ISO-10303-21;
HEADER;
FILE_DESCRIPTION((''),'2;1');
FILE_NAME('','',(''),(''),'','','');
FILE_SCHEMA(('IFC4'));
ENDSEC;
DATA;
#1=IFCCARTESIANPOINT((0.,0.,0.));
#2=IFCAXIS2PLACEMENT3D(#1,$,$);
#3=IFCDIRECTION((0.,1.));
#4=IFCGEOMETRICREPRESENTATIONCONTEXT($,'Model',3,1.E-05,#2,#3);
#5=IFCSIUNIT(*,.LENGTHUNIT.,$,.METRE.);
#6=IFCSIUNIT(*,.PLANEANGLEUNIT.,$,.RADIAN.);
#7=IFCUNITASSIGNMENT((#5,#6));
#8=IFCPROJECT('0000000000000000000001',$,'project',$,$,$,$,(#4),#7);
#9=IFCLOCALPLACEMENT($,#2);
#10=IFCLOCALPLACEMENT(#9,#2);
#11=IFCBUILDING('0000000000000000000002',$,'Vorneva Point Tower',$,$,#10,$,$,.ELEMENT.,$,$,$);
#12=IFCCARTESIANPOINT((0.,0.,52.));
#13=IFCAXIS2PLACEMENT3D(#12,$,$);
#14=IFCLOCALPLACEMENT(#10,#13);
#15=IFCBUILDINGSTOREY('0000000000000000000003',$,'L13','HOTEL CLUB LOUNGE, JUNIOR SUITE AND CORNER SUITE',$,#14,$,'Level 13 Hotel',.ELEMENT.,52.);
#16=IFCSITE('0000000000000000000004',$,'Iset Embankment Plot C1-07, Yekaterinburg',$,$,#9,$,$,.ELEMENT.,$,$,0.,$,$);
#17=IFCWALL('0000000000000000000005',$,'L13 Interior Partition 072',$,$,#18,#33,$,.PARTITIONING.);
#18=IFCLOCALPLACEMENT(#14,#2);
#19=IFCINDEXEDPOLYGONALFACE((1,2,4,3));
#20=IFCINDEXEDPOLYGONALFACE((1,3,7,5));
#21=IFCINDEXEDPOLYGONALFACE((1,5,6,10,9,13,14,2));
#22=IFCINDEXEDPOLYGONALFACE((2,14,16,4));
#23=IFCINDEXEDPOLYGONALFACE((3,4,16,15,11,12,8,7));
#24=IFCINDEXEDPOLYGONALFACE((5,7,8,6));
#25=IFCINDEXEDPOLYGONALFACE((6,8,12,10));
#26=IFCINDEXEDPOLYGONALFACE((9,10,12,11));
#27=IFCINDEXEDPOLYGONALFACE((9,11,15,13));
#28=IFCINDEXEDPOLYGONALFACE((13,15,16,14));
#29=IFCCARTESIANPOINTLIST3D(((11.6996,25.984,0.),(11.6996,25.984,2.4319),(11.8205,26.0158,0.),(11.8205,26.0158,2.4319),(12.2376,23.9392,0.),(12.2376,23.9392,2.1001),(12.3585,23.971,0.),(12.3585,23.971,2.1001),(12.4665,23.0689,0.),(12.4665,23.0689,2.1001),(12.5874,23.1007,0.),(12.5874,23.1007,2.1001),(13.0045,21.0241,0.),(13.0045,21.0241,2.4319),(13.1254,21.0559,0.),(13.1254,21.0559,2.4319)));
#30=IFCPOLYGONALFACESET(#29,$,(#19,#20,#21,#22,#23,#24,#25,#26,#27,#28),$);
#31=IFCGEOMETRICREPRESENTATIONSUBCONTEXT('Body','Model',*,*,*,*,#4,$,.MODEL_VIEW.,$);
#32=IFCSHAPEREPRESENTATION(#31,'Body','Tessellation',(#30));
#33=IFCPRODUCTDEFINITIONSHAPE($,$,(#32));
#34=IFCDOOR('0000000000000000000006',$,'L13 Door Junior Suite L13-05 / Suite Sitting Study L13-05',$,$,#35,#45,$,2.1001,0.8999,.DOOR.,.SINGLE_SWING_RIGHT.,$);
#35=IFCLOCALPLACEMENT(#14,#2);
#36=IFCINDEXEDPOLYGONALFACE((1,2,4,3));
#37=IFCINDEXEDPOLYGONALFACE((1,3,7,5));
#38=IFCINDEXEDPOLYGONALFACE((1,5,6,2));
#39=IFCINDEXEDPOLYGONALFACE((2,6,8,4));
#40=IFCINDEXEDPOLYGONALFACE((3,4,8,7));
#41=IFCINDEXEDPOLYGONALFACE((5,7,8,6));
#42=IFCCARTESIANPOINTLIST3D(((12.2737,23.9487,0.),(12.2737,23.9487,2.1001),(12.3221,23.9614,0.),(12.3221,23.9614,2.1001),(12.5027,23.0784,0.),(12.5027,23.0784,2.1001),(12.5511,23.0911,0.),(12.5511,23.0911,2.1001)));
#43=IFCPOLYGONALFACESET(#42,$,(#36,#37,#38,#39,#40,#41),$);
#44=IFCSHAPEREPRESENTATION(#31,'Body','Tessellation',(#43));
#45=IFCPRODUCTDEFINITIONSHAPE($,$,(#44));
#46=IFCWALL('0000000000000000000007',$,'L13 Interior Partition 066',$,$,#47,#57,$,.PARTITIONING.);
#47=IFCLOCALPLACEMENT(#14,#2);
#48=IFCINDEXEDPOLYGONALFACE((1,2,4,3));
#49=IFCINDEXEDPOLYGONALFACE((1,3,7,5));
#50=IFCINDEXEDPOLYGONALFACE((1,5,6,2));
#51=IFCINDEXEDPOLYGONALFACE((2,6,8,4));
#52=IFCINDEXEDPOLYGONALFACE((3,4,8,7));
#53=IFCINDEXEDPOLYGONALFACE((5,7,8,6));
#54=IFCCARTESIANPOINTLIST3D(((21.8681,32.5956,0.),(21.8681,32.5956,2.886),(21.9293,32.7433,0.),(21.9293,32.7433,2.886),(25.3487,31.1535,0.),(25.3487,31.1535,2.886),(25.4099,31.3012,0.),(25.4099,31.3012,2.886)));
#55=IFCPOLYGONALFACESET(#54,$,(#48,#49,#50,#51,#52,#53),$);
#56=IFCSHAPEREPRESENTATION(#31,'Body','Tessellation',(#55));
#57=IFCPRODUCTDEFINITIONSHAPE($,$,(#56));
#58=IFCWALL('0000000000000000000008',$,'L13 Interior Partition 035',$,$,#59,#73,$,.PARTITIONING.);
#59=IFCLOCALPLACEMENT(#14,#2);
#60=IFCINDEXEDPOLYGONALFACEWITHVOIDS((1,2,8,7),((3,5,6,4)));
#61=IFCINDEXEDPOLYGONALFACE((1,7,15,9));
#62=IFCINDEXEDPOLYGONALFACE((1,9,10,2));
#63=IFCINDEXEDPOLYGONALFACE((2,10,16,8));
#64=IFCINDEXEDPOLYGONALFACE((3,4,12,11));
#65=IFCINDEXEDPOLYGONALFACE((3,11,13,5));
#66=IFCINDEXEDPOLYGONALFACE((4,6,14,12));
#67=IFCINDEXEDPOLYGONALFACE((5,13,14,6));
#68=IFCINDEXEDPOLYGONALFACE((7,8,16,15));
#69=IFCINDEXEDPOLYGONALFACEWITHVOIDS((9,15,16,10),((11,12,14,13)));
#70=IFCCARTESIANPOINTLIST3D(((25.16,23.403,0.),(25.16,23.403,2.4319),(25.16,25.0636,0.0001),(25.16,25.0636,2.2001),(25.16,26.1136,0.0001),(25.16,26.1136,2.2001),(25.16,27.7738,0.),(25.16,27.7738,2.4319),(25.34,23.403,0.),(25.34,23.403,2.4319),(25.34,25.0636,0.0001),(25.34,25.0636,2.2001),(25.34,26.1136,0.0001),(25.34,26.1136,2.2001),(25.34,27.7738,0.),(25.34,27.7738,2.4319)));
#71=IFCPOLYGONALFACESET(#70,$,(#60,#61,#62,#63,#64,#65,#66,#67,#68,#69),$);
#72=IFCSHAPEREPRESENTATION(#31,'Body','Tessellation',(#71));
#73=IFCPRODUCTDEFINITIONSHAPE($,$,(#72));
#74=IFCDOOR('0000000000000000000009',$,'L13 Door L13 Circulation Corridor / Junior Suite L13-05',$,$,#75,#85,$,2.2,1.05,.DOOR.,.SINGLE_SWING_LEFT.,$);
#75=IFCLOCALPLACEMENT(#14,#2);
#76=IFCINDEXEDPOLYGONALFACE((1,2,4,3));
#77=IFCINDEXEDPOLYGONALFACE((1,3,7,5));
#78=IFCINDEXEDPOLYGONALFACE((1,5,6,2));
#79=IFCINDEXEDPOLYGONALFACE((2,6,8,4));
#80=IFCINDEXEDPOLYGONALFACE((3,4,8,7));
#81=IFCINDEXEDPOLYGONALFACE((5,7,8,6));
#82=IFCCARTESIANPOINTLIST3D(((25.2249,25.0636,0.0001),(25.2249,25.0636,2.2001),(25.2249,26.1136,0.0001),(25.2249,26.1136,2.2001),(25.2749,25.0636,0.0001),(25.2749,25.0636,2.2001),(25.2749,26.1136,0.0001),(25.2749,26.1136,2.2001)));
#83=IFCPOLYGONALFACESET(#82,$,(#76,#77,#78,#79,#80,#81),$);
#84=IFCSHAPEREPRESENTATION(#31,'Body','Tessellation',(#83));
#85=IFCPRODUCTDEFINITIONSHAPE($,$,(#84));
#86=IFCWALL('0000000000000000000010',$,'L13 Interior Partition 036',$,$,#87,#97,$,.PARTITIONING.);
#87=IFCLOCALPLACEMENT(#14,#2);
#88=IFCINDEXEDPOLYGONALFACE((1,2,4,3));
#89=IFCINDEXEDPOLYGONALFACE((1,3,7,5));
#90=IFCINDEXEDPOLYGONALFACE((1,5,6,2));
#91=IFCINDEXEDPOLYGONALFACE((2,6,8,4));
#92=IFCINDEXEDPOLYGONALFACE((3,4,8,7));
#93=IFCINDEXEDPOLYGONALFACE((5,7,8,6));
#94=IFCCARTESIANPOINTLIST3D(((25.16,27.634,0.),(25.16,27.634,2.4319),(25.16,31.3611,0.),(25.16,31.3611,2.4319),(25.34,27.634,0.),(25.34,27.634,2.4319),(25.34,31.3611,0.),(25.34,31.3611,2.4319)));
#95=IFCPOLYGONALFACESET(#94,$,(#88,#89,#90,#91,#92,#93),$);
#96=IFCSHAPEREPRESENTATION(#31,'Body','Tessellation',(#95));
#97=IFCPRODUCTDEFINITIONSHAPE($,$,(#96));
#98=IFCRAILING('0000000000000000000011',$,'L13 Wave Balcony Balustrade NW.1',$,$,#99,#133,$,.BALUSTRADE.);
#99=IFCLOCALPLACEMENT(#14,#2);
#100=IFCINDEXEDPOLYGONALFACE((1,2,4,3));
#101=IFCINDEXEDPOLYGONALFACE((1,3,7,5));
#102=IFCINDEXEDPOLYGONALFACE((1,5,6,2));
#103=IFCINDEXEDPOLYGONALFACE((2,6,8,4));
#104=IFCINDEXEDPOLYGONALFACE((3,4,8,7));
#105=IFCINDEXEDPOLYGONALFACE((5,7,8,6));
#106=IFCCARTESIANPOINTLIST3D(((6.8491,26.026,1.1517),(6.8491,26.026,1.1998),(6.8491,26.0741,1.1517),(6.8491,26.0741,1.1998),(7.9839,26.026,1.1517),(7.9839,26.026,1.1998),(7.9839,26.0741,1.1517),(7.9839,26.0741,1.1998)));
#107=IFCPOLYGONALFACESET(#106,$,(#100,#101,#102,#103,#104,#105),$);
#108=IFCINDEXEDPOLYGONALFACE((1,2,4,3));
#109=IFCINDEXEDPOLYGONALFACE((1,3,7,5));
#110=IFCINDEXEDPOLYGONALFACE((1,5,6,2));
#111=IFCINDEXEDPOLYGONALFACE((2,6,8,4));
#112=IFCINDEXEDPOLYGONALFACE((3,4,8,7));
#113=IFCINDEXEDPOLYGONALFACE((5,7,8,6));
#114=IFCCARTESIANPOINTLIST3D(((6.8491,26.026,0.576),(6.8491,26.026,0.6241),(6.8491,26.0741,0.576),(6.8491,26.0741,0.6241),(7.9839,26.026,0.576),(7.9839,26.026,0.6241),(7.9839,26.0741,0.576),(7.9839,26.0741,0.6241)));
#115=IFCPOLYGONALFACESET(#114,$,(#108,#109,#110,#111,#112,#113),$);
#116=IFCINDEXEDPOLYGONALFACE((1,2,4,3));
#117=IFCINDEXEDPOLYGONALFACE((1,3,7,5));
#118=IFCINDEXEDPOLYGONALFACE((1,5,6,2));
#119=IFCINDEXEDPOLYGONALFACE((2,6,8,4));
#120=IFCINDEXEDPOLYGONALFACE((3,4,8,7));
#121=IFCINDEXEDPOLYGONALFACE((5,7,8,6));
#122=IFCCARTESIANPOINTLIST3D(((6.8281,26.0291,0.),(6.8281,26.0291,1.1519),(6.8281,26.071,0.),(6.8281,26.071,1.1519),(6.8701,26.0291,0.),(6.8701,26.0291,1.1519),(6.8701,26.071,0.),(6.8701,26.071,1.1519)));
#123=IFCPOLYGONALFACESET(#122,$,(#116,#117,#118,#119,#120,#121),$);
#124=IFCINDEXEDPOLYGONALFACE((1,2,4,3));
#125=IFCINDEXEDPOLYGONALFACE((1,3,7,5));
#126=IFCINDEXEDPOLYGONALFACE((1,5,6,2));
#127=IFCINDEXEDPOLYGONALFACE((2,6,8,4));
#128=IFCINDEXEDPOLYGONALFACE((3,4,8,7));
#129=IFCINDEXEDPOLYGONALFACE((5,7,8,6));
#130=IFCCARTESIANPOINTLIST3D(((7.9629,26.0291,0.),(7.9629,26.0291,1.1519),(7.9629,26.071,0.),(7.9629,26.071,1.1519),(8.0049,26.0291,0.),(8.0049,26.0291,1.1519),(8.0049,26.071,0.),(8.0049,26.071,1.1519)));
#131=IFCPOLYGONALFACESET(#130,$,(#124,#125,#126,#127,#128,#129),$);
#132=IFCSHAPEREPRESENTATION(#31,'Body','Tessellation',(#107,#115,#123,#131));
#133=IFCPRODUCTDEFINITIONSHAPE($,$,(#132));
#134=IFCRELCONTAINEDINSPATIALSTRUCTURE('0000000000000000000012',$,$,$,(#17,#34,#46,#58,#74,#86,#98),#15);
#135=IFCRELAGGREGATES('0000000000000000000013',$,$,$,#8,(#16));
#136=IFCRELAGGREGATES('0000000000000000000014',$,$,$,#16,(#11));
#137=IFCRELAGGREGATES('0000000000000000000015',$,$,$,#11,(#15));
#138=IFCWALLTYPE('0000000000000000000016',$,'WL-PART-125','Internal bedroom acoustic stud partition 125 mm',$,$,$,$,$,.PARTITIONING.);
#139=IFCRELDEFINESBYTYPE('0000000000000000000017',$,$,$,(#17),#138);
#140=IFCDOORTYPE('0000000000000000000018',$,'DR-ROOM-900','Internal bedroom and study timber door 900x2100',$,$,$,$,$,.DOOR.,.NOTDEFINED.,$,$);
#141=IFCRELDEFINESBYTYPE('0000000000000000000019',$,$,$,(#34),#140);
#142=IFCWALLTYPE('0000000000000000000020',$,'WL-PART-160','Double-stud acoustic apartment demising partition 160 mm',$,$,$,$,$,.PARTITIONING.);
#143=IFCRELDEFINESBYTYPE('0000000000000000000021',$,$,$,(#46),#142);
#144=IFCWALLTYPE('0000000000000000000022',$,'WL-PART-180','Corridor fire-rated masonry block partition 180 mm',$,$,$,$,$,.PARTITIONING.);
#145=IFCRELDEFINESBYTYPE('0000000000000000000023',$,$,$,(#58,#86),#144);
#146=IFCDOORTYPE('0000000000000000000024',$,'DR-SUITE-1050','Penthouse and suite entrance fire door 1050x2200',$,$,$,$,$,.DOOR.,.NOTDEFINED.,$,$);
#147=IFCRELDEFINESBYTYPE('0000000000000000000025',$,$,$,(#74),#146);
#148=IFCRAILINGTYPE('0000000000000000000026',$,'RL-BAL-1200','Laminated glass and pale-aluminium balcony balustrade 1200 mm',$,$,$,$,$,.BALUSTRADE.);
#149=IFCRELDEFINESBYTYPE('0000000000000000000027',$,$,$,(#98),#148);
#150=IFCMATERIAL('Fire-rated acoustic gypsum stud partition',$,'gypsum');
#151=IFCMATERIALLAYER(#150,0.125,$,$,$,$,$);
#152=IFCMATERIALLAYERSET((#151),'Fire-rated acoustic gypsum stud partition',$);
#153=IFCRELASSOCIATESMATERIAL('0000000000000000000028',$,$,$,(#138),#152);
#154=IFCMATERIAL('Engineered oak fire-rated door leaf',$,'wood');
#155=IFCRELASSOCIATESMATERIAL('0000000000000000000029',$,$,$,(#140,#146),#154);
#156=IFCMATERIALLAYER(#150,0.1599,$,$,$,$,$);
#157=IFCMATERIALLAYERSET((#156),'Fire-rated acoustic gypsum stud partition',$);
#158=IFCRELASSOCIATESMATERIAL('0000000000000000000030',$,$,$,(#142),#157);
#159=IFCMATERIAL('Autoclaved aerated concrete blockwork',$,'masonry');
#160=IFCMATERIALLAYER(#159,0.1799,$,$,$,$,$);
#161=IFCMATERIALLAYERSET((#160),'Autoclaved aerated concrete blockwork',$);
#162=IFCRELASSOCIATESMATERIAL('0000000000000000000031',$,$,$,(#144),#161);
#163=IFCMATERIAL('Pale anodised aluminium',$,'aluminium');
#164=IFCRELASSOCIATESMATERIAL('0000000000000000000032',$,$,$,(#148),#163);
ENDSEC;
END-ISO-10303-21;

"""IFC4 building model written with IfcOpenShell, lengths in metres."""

from ifc_helpers import new_model, si_unit, direction, frame, frame_2d, origin, origin_2d, place, context, subcontext, project, spatial, rectangle, extrude, material, layer, layer_set, type_object, element, fill, save


model = new_model("IFC4")

# Units and contexts
model_context = context("Model", 3, precision=1e-05, world=origin(), true_north=direction((0.0, 1.0)))
body_context = subcontext(model_context, "Body", "Model", "MODEL_VIEW")
ifc_project = project(units=[si_unit("LENGTHUNIT", "METRE"), si_unit("PLANEANGLEUNIT", "RADIAN")], contexts=[model_context])

# Site, building, storey
site_placement = place(None, origin())
site = spatial("IfcSite", under=ifc_project, at=site_placement, Name="Iset Embankment Plot C1-07, Yekaterinburg", CompositionType="ELEMENT", RefElevation=0.0)
building_placement = place(site_placement, origin())
building = spatial("IfcBuilding", under=site, at=building_placement, Name="Vorneva Point Tower", CompositionType="ELEMENT")
storey_placement = place(building_placement, frame((0.0, 0.0, 52.0)))
storey = spatial("IfcBuildingStorey", under=building, at=storey_placement, Name="L13", Description="HOTEL CLUB LOUNGE, JUNIOR SUITE AND CORNER SUITE", LongName="Level 13 Hotel", CompositionType="ELEMENT", Elevation=52.0)

# Shared definitions
ifc_material_1 = material(Name="Pale anodised aluminium", Category="aluminium")

# Shared definitions
ifc_material_2 = material(Name="Fire-rated acoustic gypsum stud partition", Category="gypsum")
ifc_material_3 = material(Name="Engineered oak fire-rated door leaf", Category="wood")

# Shared definitions
ifc_layer_1 = layer(ifc_material_2, 0.125)
ifc_layer_set_1 = layer_set([ifc_layer_1], Name="Fire-rated acoustic gypsum stud partition")
wall_type_1 = type_object("IfcWallType", Name="WL-PART-125", Description="Internal bedroom acoustic stud partition 125 mm", PredefinedType="PARTITIONING", material=ifc_layer_set_1)

# Wall, opening, door
wall_1_placement = place(storey_placement, frame((11.76, 26.0, 0.0), z_axis=(0.0, 0.0, 1.0), x_axis=(0.254435, -0.96709, 0.0)))
wall_1 = element("IfcWall", 1, at=wall_1_placement, inside=storey, type_object=wall_type_1, Name="L13 Interior Partition 072", PredefinedType="PARTITIONING", context=body_context, shape_type="SweptSolid", body=[
    extrude(rectangle(XDim=5.1287, YDim=0.125, at=frame_2d((2.5645, 0.0))), origin(), (0.0, 0.0, 1.0), 2.4319),
])
opening_1_placement = place(wall_1_placement, frame((2.1145, 0.0, 0.0)))
opening_1 = element("IfcOpeningElement", 2, at=opening_1_placement, cuts=wall_1, PredefinedType="OPENING", context=body_context, shape_type="SweptSolid", body=[
    extrude(rectangle(XDim=0.8999, YDim=2.1001, at=frame_2d((0.45, 1.05))), frame((0.0, 0.0774, 0.0), z_axis=(0.0, -1.0, 0.0), x_axis=(1.0, 0.0, 0.0)), (0.0, 0.0, 1.0), 0.1548),
])
door_type_1 = type_object("IfcDoorType", Name="DR-ROOM-900", Description="Internal bedroom and study timber door 900x2100", OperationType="NOTDEFINED", PredefinedType="DOOR", material=ifc_material_3)
door_1_placement = place(opening_1_placement, origin())
door_1 = element("IfcDoor", 3, at=door_1_placement, inside=storey, type_object=door_type_1, Name="L13 Door Junior Suite L13-05 / Suite Sitting Study L13-05", OperationType="SINGLE_SWING_RIGHT", OverallHeight=2.1001, OverallWidth=0.8999, PredefinedType="DOOR", context=body_context, shape_type="SweptSolid", body=[
    extrude(rectangle(XDim=0.8999, YDim=2.1001, at=frame_2d((0.45, 1.05))), frame((0.0, 0.0249, 0.0), z_axis=(0.0, -1.0, 0.0), x_axis=(1.0, 0.0, 0.0)), (0.0, 0.0, 1.0), 0.05),
])
fill(opening_1, door_1)

# Wall
ifc_layer_2 = layer(ifc_material_2, 0.1599)
ifc_layer_set_2 = layer_set([ifc_layer_2], Name="Fire-rated acoustic gypsum stud partition")
wall_type_2 = type_object("IfcWallType", Name="WL-PART-160", Description="Double-stud acoustic apartment demising partition 160 mm", PredefinedType="PARTITIONING", material=ifc_layer_set_2)
wall_2_placement = place(storey_placement, frame((21.8987, 32.6694, 0.0), z_axis=(0.0, 0.0, 1.0), x_axis=(0.923844, -0.38277, 0.0)))
element("IfcWall", 4, at=wall_2_placement, inside=storey, type_object=wall_type_2, Name="L13 Interior Partition 066", PredefinedType="PARTITIONING", context=body_context, shape_type="SweptSolid", body=[
    extrude(rectangle(XDim=3.7676, YDim=0.1599, at=frame_2d((1.8838, 0.0))), origin(), (0.0, 0.0, 1.0), 2.886),
])

# Wall, opening, door
ifc_material_4 = material(Name="Autoclaved aerated concrete blockwork", Category="masonry")
ifc_layer_3 = layer(ifc_material_4, 0.1799)
ifc_layer_set_3 = layer_set([ifc_layer_3], Name="Autoclaved aerated concrete blockwork")
wall_type_3 = type_object("IfcWallType", Name="WL-PART-180", Description="Corridor fire-rated masonry block partition 180 mm", PredefinedType="PARTITIONING", material=ifc_layer_set_3)
wall_3_placement = place(storey_placement, frame((25.25, 27.7739, 0.0), z_axis=(0.0, 0.0, 1.0), x_axis=(0.0, -1.0, 0.0)))
wall_3 = element("IfcWall", 5, at=wall_3_placement, inside=storey, type_object=wall_type_3, Name="L13 Interior Partition 035", PredefinedType="PARTITIONING", context=body_context, shape_type="SweptSolid", body=[
    extrude(rectangle(XDim=4.3708, YDim=0.1799, at=frame_2d((2.1855, 0.0))), origin(), (0.0, 0.0, 1.0), 2.4319),
])
opening_2_placement = place(wall_3_placement, frame((1.6604, 0.0, 0.0)))
opening_2 = element("IfcOpeningElement", 6, at=opening_2_placement, cuts=wall_3, PredefinedType="OPENING", context=body_context, shape_type="SweptSolid", body=[
    extrude(rectangle(XDim=1.05, YDim=2.2, at=frame_2d((0.5249, 1.1001))), frame((0.0, 0.105, 0.0), z_axis=(0.0, -1.0, 0.0), x_axis=(1.0, 0.0, 0.0)), (0.0, 0.0, 1.0), 0.2097),
])
door_type_2 = type_object("IfcDoorType", Name="DR-SUITE-1050", Description="Penthouse and suite entrance fire door 1050x2200", OperationType="NOTDEFINED", PredefinedType="DOOR", material=ifc_material_3)
door_2_placement = place(opening_2_placement, origin())
door_2 = element("IfcDoor", 7, at=door_2_placement, inside=storey, type_object=door_type_2, Name="L13 Door L13 Circulation Corridor / Junior Suite L13-05", OperationType="SINGLE_SWING_LEFT", OverallHeight=2.2, OverallWidth=1.05, PredefinedType="DOOR", context=body_context, shape_type="SweptSolid", body=[
    extrude(rectangle(XDim=1.05, YDim=2.2, at=frame_2d((0.5249, 1.1001))), frame((0.0, 0.0249, 0.0), z_axis=(0.0, -1.0, 0.0), x_axis=(1.0, 0.0, 0.0)), (0.0, 0.0, 1.0), 0.05),
])
fill(opening_2, door_2)

# Wall
wall_4_placement = place(storey_placement, frame((25.25, 31.3611, 0.0), z_axis=(0.0, 0.0, 1.0), x_axis=(0.0, -1.0, 0.0)))
element("IfcWall", 8, at=wall_4_placement, inside=storey, type_object=wall_type_3, Name="L13 Interior Partition 036", PredefinedType="PARTITIONING", context=body_context, shape_type="SweptSolid", body=[
    extrude(rectangle(XDim=3.7271, YDim=0.1799, at=frame_2d((1.8635, 0.0))), origin(), (0.0, 0.0, 1.0), 2.4319),
])

# Railing
railing_type = type_object("IfcRailingType", Name="RL-BAL-1200", Description="Laminated glass and pale-aluminium balcony balustrade 1200 mm", PredefinedType="BALUSTRADE", material=ifc_material_1)
railing_placement = place(storey_placement, frame((6.8491, 26.05, 0.0)))
element("IfcRailing", 9, at=railing_placement, inside=storey, type_object=railing_type, Name="L13 Wave Balcony Balustrade NW.1", PredefinedType="BALUSTRADE", context=body_context, shape_type="SweptSolid", body=[
    extrude(rectangle(XDim=0.0481, YDim=0.0481, at=origin_2d()), frame((0.0, 0.0, 1.1758), z_axis=(1.0, 0.0, 0.0), x_axis=(0.0, 1.0, 0.0)), (0.0, 0.0, 1.0), 1.1348),
    extrude(rectangle(XDim=0.0481, YDim=0.0481, at=origin_2d()), frame((0.0, 0.0, 0.6001), z_axis=(1.0, 0.0, 0.0), x_axis=(0.0, 1.0, 0.0)), (0.0, 0.0, 1.0), 1.1348),
    extrude(rectangle(XDim=0.042, YDim=0.042, at=origin_2d()), origin(), (0.0, 0.0, 1.0), 1.1519),
    extrude(rectangle(XDim=0.042, YDim=0.042, at=origin_2d()), frame((1.1348, 0.0, 0.0)), (0.0, 0.0, 1.0), 1.1519),
])

save(model, "model.ifc")
